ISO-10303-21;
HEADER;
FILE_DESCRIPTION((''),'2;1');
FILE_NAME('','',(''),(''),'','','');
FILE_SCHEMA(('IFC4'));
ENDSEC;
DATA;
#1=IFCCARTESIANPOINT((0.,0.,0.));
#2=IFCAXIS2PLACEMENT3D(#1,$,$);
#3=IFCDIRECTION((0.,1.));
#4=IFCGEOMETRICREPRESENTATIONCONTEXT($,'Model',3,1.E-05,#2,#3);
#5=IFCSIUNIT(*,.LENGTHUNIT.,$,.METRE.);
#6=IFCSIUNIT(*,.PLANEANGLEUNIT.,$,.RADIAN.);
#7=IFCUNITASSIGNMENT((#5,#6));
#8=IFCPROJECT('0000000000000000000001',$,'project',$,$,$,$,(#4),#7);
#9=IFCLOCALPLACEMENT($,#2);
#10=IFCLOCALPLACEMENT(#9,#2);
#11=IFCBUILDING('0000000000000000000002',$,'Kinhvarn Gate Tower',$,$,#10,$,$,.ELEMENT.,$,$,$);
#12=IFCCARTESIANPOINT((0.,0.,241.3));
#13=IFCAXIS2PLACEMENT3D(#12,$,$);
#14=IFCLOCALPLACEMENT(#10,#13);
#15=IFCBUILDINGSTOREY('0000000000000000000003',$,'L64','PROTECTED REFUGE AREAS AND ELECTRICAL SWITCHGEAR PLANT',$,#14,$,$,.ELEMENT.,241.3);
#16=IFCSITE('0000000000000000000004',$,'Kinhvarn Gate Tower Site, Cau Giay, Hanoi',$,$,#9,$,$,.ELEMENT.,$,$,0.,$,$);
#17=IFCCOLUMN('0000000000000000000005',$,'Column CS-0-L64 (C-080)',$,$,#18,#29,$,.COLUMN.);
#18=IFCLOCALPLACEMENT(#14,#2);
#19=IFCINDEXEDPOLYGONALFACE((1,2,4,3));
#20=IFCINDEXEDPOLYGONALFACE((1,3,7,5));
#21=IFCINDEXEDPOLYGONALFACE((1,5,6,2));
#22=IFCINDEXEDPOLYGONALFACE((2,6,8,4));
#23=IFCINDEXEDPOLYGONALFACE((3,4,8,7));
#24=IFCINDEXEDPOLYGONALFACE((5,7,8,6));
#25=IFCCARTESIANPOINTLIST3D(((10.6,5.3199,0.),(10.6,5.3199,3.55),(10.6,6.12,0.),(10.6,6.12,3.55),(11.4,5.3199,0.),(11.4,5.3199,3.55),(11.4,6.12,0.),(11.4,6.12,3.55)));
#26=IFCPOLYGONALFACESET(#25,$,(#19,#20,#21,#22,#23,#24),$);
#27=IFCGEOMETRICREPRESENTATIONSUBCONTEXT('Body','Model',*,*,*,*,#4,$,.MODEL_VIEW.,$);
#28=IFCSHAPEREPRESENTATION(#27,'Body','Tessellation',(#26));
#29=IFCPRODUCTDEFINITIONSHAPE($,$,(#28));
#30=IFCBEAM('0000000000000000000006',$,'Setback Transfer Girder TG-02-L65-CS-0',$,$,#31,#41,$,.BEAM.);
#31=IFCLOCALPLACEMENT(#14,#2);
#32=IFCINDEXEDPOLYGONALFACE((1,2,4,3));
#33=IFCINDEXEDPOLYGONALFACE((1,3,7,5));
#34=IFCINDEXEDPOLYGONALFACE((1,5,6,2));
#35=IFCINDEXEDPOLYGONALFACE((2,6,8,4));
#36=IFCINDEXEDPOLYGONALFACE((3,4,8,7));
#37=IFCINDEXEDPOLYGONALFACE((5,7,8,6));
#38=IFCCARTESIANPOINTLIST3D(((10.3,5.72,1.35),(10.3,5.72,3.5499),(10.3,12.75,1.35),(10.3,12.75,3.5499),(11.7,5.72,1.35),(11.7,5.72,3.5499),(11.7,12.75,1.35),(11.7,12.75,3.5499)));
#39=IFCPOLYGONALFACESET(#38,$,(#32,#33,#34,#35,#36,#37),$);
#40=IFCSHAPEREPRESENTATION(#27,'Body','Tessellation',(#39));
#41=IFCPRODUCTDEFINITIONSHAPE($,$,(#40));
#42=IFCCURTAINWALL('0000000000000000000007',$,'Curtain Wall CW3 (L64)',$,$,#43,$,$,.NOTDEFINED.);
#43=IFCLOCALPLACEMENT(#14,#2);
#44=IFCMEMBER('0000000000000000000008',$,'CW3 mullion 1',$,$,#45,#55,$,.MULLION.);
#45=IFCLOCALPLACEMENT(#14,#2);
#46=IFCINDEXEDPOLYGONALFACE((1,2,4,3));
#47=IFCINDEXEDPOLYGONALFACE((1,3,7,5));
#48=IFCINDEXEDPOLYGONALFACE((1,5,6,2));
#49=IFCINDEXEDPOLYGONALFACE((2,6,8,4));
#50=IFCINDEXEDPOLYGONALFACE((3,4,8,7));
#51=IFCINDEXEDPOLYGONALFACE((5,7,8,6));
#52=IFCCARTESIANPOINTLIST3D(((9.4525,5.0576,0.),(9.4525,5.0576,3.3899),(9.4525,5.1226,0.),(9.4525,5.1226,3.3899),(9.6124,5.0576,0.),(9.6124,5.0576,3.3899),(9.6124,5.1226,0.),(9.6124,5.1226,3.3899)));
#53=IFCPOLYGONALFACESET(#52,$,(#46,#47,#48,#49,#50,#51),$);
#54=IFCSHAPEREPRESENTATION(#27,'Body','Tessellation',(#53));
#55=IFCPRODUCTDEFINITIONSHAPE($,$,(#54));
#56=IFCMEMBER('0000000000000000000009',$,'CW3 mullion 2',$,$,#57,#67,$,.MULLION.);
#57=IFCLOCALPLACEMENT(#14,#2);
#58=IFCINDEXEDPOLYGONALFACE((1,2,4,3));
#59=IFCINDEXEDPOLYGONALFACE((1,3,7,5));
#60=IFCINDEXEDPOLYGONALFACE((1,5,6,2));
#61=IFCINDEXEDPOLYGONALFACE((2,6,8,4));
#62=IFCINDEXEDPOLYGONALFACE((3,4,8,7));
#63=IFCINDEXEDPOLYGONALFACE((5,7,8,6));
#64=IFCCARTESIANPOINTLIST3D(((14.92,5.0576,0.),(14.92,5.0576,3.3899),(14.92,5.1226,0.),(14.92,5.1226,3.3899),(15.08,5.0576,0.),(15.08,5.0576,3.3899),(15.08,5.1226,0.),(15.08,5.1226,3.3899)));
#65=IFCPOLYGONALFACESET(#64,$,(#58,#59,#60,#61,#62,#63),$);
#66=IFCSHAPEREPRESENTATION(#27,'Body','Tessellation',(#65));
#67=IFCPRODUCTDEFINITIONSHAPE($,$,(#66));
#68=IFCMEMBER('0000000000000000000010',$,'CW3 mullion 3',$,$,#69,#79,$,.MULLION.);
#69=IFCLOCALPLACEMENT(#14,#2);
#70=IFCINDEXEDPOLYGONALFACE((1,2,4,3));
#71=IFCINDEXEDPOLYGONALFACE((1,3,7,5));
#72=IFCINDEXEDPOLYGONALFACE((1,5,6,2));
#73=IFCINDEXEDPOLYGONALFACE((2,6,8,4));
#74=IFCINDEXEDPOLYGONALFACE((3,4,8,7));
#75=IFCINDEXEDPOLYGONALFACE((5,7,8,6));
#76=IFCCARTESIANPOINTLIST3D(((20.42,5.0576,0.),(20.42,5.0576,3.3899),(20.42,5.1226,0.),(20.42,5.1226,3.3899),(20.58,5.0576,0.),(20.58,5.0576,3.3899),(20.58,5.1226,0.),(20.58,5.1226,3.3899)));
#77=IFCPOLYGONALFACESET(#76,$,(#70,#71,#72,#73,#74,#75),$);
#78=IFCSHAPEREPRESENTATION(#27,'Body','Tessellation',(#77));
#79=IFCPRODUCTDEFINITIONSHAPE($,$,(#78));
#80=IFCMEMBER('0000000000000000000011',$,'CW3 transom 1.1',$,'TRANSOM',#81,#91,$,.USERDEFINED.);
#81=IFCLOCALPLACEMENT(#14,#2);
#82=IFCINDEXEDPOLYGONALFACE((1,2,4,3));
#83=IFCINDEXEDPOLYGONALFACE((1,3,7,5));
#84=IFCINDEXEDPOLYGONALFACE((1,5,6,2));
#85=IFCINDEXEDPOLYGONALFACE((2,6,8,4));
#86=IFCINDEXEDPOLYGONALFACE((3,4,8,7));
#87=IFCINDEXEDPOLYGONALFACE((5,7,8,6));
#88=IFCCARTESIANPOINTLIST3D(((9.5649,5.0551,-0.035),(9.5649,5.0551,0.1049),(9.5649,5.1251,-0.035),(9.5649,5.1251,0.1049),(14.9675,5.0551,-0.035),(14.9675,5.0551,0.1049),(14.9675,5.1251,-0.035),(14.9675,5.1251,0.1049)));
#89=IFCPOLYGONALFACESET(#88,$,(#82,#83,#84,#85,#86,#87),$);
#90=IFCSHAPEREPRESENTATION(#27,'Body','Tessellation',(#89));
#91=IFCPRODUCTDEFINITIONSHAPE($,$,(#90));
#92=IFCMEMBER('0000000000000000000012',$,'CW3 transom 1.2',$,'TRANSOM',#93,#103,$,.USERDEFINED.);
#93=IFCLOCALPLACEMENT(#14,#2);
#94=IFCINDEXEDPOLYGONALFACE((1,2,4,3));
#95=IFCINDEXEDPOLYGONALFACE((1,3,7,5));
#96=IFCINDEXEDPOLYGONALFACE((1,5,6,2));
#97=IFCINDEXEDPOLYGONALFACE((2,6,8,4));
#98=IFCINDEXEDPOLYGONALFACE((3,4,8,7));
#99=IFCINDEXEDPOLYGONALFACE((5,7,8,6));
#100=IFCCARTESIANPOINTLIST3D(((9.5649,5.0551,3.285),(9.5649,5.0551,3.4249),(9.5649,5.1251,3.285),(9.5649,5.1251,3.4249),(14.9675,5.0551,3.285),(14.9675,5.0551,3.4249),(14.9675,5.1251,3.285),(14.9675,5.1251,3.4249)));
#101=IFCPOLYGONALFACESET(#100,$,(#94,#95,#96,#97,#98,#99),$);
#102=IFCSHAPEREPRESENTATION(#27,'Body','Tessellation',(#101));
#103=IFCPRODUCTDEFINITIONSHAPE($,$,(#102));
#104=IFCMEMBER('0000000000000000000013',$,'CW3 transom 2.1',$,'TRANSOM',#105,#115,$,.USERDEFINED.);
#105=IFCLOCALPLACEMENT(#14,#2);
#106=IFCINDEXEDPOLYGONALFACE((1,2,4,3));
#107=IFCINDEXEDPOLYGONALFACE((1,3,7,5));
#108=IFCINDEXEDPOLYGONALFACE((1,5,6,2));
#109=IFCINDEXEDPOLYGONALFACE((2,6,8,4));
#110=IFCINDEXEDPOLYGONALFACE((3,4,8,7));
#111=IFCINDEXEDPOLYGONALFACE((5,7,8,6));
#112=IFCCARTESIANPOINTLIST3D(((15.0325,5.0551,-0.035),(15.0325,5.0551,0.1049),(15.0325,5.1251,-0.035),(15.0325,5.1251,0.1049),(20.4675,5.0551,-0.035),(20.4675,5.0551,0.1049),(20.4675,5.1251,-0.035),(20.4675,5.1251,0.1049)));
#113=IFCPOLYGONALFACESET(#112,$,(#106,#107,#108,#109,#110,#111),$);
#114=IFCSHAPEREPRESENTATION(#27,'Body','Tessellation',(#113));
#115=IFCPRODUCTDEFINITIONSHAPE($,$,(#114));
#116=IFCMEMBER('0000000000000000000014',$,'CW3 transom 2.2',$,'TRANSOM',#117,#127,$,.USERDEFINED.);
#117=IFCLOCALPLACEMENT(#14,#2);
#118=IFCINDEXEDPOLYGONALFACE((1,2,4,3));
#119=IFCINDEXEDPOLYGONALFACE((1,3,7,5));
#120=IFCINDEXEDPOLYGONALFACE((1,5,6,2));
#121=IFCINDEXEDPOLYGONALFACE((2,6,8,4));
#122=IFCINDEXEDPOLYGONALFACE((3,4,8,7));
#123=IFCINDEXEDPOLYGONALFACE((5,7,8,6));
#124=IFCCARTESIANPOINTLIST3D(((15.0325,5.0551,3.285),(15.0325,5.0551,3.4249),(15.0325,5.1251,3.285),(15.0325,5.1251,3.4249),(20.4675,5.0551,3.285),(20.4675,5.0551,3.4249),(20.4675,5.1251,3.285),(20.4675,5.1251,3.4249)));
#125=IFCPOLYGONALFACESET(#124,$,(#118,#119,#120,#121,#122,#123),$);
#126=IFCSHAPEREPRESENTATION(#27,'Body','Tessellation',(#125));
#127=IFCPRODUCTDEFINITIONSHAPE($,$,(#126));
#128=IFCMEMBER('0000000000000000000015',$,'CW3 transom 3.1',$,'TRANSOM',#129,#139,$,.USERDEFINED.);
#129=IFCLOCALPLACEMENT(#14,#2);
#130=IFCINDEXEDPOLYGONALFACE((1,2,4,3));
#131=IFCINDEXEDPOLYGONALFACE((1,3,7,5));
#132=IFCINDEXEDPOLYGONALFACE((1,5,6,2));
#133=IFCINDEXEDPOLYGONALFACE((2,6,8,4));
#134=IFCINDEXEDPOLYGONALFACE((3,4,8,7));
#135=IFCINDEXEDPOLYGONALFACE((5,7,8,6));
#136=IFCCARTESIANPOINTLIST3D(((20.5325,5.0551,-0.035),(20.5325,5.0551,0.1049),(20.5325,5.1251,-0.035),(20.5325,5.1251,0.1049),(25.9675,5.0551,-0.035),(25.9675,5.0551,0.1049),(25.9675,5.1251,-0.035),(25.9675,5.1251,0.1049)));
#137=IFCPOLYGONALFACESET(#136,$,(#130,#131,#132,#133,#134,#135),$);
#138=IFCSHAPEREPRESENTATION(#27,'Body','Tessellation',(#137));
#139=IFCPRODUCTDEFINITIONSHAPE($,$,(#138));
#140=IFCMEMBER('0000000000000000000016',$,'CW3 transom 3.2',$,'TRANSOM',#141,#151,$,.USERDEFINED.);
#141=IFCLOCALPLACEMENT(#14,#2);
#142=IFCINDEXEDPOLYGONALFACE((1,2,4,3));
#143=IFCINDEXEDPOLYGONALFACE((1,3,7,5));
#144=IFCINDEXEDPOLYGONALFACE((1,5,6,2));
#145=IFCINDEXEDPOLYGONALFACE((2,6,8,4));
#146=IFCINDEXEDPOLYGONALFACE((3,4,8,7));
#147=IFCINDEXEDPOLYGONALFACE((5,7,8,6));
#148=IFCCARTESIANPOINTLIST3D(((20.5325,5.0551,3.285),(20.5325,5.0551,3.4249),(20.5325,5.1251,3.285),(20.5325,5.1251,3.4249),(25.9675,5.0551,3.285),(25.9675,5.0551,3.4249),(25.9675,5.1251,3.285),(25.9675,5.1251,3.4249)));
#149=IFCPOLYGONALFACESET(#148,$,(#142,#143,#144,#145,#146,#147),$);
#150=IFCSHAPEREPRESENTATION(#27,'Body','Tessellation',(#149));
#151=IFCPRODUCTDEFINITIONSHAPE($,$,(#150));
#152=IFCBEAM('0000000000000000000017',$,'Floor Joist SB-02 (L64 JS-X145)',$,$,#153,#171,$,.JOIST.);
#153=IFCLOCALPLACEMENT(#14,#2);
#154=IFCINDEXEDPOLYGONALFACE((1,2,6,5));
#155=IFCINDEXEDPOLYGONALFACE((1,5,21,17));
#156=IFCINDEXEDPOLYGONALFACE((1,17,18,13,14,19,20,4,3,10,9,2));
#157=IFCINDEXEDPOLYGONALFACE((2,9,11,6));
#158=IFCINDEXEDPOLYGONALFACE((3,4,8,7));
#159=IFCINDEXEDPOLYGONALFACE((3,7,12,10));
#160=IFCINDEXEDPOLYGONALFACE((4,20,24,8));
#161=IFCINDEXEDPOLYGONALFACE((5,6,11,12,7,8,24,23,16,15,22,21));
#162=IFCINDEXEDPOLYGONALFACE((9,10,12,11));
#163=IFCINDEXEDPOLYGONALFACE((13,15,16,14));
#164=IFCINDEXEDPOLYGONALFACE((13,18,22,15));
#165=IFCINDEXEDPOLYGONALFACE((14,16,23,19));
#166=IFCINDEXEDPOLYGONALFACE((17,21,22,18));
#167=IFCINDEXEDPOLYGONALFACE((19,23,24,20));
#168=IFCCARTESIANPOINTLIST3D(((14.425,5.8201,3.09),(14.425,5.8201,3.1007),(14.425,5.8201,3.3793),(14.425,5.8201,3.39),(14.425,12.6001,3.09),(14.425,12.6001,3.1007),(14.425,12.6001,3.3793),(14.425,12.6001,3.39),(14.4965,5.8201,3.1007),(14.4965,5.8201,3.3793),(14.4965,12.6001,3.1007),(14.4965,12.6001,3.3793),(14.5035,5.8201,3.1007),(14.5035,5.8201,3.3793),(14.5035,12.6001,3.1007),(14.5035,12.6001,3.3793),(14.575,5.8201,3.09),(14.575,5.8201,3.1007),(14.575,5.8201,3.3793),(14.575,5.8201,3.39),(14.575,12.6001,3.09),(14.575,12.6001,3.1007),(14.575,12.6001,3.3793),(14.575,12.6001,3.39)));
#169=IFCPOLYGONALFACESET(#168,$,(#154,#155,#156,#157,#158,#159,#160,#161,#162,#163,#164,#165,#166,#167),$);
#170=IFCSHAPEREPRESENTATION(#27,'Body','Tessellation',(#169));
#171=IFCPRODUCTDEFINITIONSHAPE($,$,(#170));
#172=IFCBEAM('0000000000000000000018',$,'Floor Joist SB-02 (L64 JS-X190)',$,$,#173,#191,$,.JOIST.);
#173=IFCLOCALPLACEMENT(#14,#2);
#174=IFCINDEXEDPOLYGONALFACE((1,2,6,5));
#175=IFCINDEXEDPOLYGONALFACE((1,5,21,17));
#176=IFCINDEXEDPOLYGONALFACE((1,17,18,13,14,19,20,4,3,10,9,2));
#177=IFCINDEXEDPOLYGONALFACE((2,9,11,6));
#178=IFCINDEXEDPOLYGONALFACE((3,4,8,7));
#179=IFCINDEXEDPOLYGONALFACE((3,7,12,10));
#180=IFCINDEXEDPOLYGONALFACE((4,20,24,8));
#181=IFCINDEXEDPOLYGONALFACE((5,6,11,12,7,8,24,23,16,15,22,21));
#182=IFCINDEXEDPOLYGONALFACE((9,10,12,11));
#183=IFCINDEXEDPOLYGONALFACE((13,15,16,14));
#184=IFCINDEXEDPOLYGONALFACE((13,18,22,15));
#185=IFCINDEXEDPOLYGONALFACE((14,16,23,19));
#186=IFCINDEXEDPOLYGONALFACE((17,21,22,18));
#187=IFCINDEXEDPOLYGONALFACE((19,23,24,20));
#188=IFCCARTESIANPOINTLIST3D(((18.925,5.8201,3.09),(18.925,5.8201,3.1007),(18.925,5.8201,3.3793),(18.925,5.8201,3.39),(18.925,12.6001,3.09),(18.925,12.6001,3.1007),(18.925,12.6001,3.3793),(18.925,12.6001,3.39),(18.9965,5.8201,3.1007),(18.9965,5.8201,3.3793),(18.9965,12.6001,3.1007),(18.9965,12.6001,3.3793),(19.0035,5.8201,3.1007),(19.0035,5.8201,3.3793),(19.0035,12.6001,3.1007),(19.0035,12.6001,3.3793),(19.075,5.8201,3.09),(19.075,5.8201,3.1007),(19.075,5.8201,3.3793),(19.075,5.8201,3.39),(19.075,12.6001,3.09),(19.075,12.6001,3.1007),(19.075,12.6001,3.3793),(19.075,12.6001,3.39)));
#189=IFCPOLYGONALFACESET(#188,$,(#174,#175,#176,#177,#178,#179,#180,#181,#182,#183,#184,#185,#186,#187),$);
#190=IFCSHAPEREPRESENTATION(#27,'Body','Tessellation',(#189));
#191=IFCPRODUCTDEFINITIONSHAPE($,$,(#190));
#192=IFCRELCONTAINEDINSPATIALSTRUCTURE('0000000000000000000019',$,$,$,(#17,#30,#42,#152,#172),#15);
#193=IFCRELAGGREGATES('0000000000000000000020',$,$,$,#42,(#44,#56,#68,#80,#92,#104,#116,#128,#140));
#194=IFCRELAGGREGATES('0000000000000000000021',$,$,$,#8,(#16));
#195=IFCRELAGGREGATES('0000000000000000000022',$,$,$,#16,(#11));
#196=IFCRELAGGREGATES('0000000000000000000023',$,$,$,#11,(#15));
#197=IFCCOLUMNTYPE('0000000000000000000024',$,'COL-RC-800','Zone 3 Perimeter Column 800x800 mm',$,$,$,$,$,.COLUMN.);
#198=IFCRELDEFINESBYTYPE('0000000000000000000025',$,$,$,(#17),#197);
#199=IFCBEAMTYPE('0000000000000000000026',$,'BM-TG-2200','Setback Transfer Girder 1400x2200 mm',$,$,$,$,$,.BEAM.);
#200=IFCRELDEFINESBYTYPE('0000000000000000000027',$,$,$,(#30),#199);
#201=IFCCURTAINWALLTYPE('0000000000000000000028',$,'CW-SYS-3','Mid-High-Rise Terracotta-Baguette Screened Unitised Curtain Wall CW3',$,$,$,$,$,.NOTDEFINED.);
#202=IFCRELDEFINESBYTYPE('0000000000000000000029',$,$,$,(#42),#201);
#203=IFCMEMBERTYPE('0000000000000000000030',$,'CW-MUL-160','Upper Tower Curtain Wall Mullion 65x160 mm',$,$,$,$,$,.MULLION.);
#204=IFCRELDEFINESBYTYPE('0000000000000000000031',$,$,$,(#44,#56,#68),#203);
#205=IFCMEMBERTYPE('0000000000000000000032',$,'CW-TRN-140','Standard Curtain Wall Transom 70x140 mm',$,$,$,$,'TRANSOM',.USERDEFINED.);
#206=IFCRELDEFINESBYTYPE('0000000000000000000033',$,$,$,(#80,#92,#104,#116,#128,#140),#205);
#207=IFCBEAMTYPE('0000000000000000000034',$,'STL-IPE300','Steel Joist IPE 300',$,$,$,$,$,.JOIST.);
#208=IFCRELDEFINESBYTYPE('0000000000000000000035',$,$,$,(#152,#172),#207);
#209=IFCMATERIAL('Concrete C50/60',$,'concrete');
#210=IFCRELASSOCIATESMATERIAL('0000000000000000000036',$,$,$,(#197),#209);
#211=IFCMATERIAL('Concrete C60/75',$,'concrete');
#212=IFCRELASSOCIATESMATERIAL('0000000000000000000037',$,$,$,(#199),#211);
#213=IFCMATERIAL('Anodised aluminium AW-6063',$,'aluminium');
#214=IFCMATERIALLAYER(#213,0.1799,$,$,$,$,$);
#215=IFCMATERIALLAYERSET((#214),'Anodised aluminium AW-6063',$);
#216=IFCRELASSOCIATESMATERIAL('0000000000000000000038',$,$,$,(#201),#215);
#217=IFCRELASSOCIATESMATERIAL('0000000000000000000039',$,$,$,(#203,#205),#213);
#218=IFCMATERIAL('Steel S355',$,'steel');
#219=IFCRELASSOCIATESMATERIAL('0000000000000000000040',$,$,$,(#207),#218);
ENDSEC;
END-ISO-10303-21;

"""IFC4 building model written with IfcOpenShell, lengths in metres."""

from ifc_helpers import new_model, si_unit, direction, frame, origin, origin_2d, place, context, subcontext, project, spatial, rectangle, i_section, extrude, material, layer, layer_set, material_profile, profile_set, type_object, element, aggregate, save


model = new_model("IFC4")

# Units and contexts
model_context = context("Model", 3, precision=1e-05, world=origin(), true_north=direction((0.0, 1.0)))
body_context = subcontext(model_context, "Body", "Model", "MODEL_VIEW")
ifc_project = project(units=[si_unit("LENGTHUNIT", "METRE"), si_unit("PLANEANGLEUNIT", "RADIAN")], contexts=[model_context])

# Site, building, storey
site_placement = place(None, origin())
site = spatial("IfcSite", under=ifc_project, at=site_placement, Name="Kinhvarn Gate Tower Site, Cau Giay, Hanoi", CompositionType="ELEMENT", RefElevation=0.0)
building_placement = place(site_placement, origin())
building = spatial("IfcBuilding", under=site, at=building_placement, Name="Kinhvarn Gate Tower", CompositionType="ELEMENT")
storey_placement = place(building_placement, frame((0.0, 0.0, 241.3)))
storey = spatial("IfcBuildingStorey", under=building, at=storey_placement, Name="L64", Description="PROTECTED REFUGE AREAS AND ELECTRICAL SWITCHGEAR PLANT", CompositionType="ELEMENT", Elevation=241.3)

# Column
ifc_material_1 = material(Name="Concrete C50/60", Category="concrete")
ifc_material_profile_1 = material_profile(ifc_material_1, rectangle(XDim=0.8, YDim=0.8, at=origin_2d()), Name="RC 800x800")
ifc_profile_set_1 = profile_set([ifc_material_profile_1], Name="Concrete C50/60")
column_type = type_object("IfcColumnType", Name="COL-RC-800", Description="Zone 3 Perimeter Column 800x800 mm", PredefinedType="COLUMN", material=ifc_profile_set_1)
column_placement = place(storey_placement, frame((11.0, 5.72, 0.0), z_axis=(0.0, 0.0, 1.0), x_axis=(1.0, 0.0, 0.0)))
element("IfcColumn", 1, at=column_placement, inside=storey, type_object=column_type, Name="Column CS-0-L64 (C-080)", PredefinedType="COLUMN", context=body_context, shape_type="SweptSolid", body=[
    extrude(rectangle(XDim=0.8, YDim=0.8, at=origin_2d()), origin(), (0.0, 0.0, 1.0), 3.55),
])

# Beam
ifc_material_2 = material(Name="Concrete C60/75", Category="concrete")
ifc_material_profile_2 = material_profile(ifc_material_2, rectangle(XDim=1.3999, YDim=2.2, at=origin_2d()), Name="RC 1400x2200")
ifc_profile_set_2 = profile_set([ifc_material_profile_2], Name="Concrete C60/75")
beam_type_1 = type_object("IfcBeamType", Name="BM-TG-2200", Description="Setback Transfer Girder 1400x2200 mm", PredefinedType="BEAM", material=ifc_profile_set_2)
beam_1_placement = place(storey_placement, frame((11.0, 5.72, 2.45), z_axis=(0.0, 1.0, 0.0), x_axis=(-1.0, 0.0, 0.0)))
element("IfcBeam", 2, at=beam_1_placement, inside=storey, type_object=beam_type_1, Name="Setback Transfer Girder TG-02-L65-CS-0", PredefinedType="BEAM", context=body_context, shape_type="SweptSolid", body=[
    extrude(rectangle(XDim=1.3999, YDim=2.2, at=origin_2d()), origin(), (0.0, 0.0, 1.0), 7.03),
])

# Curtain wall, members
ifc_material_3 = material(Name="Anodised aluminium AW-6063", Category="aluminium")
ifc_layer_1 = layer(ifc_material_3, 0.1799)
ifc_layer_set_1 = layer_set([ifc_layer_1], Name="Anodised aluminium AW-6063")
curtain_wall_type = type_object("IfcCurtainWallType", Name="CW-SYS-3", Description="Mid-High-Rise Terracotta-Baguette Screened Unitised Curtain Wall CW3", PredefinedType="NOTDEFINED", material=ifc_layer_set_1)
curtain_wall_placement = place(storey_placement, origin())
curtain_wall = element("IfcCurtainWall", 3, at=curtain_wall_placement, inside=storey, type_object=curtain_wall_type, Name="Curtain Wall CW3 (L64)", PredefinedType="NOTDEFINED")
ifc_material_profile_3 = material_profile(ifc_material_3, rectangle(XDim=0.0649, YDim=0.1599, at=origin_2d()), Name="ALU 65x160")
ifc_profile_set_3 = profile_set([ifc_material_profile_3], Name="Anodised aluminium AW-6063")
member_type_1 = type_object("IfcMemberType", Name="CW-MUL-160", Description="Upper Tower Curtain Wall Mullion 65x160 mm", PredefinedType="MULLION", material=ifc_profile_set_3)
member_1_placement = place(storey_placement, frame((9.5325, 5.0901, 0.0), z_axis=(0.0, 0.0, 1.0), x_axis=(0.0, 1.0, 0.0)))
member_1 = element("IfcMember", 4, at=member_1_placement, type_object=member_type_1, Name="CW3 mullion 1", PredefinedType="MULLION", context=body_context, shape_type="SweptSolid", body=[
    extrude(rectangle(XDim=0.0649, YDim=0.1599, at=origin_2d()), origin(), (0.0, 0.0, 1.0), 3.3899),
])
member_2_placement = place(storey_placement, frame((15.0, 5.0901, 0.0), z_axis=(0.0, 0.0, 1.0), x_axis=(0.0, 1.0, 0.0)))
member_2 = element("IfcMember", 5, at=member_2_placement, type_object=member_type_1, Name="CW3 mullion 2", PredefinedType="MULLION", context=body_context, shape_type="SweptSolid", body=[
    extrude(rectangle(XDim=0.0649, YDim=0.1599, at=origin_2d()), origin(), (0.0, 0.0, 1.0), 3.3899),
])
member_3_placement = place(storey_placement, frame((20.5, 5.0901, 0.0), z_axis=(0.0, 0.0, 1.0), x_axis=(0.0, 1.0, 0.0)))
member_3 = element("IfcMember", 6, at=member_3_placement, type_object=member_type_1, Name="CW3 mullion 3", PredefinedType="MULLION", context=body_context, shape_type="SweptSolid", body=[
    extrude(rectangle(XDim=0.0649, YDim=0.1599, at=origin_2d()), origin(), (0.0, 0.0, 1.0), 3.3899),
])
ifc_material_profile_4 = material_profile(ifc_material_3, rectangle(XDim=0.0701, YDim=0.1399, at=origin_2d()), Name="ALU 70x140")
ifc_profile_set_4 = profile_set([ifc_material_profile_4], Name="Anodised aluminium AW-6063")
member_type_2 = type_object("IfcMemberType", Name="CW-TRN-140", Description="Standard Curtain Wall Transom 70x140 mm", ElementType="TRANSOM", PredefinedType="USERDEFINED", material=ifc_profile_set_4)
member_4_placement = place(storey_placement, frame((9.5649, 5.0901, 0.0349), z_axis=(1.0, 0.0, 0.0), x_axis=(0.0, 1.0, 0.0)))
member_4 = element("IfcMember", 7, at=member_4_placement, type_object=member_type_2, Name="CW3 transom 1.1", ObjectType="TRANSOM", PredefinedType="USERDEFINED", context=body_context, shape_type="SweptSolid", body=[
    extrude(rectangle(XDim=0.0701, YDim=0.1399, at=origin_2d()), origin(), (0.0, 0.0, 1.0), 5.4026),
])
member_5_placement = place(storey_placement, frame((9.5649, 5.0901, 3.355), z_axis=(1.0, 0.0, 0.0), x_axis=(0.0, 1.0, 0.0)))
member_5 = element("IfcMember", 8, at=member_5_placement, type_object=member_type_2, Name="CW3 transom 1.2", ObjectType="TRANSOM", PredefinedType="USERDEFINED", context=body_context, shape_type="SweptSolid", body=[
    extrude(rectangle(XDim=0.0701, YDim=0.1399, at=origin_2d()), origin(), (0.0, 0.0, 1.0), 5.4026),
])
member_6_placement = place(storey_placement, frame((15.0325, 5.0901, 0.0349), z_axis=(1.0, 0.0, 0.0), x_axis=(0.0, 1.0, 0.0)))
member_6 = element("IfcMember", 9, at=member_6_placement, type_object=member_type_2, Name="CW3 transom 2.1", ObjectType="TRANSOM", PredefinedType="USERDEFINED", context=body_context, shape_type="SweptSolid", body=[
    extrude(rectangle(XDim=0.0701, YDim=0.1399, at=origin_2d()), origin(), (0.0, 0.0, 1.0), 5.4351),
])
member_7_placement = place(storey_placement, frame((15.0325, 5.0901, 3.355), z_axis=(1.0, 0.0, 0.0), x_axis=(0.0, 1.0, 0.0)))
member_7 = element("IfcMember", 10, at=member_7_placement, type_object=member_type_2, Name="CW3 transom 2.2", ObjectType="TRANSOM", PredefinedType="USERDEFINED", context=body_context, shape_type="SweptSolid", body=[
    extrude(rectangle(XDim=0.0701, YDim=0.1399, at=origin_2d()), origin(), (0.0, 0.0, 1.0), 5.4351),
])
member_8_placement = place(storey_placement, frame((20.5325, 5.0901, 0.0349), z_axis=(1.0, 0.0, 0.0), x_axis=(0.0, 1.0, 0.0)))
member_8 = element("IfcMember", 11, at=member_8_placement, type_object=member_type_2, Name="CW3 transom 3.1", ObjectType="TRANSOM", PredefinedType="USERDEFINED", context=body_context, shape_type="SweptSolid", body=[
    extrude(rectangle(XDim=0.0701, YDim=0.1399, at=origin_2d()), origin(), (0.0, 0.0, 1.0), 5.4351),
])
member_9_placement = place(storey_placement, frame((20.5325, 5.0901, 3.355), z_axis=(1.0, 0.0, 0.0), x_axis=(0.0, 1.0, 0.0)))
member_9 = element("IfcMember", 12, at=member_9_placement, type_object=member_type_2, Name="CW3 transom 3.2", ObjectType="TRANSOM", PredefinedType="USERDEFINED", context=body_context, shape_type="SweptSolid", body=[
    extrude(rectangle(XDim=0.0701, YDim=0.1399, at=origin_2d()), origin(), (0.0, 0.0, 1.0), 5.4351),
])

# Beams
ifc_material_4 = material(Name="Steel S355", Category="steel")
ifc_material_profile_5 = material_profile(ifc_material_4, i_section(OverallWidth=0.1499, OverallDepth=0.3, WebThickness=0.0071, FlangeThickness=0.0107, at=origin_2d()), Name="IPE 300")
ifc_profile_set_5 = profile_set([ifc_material_profile_5], Name="Steel S355")
beam_type_2 = type_object("IfcBeamType", Name="STL-IPE300", Description="Steel Joist IPE 300", PredefinedType="JOIST", material=ifc_profile_set_5)
for number, where, z_axis, x_axis, name in (
    (13, (14.5, 5.8201, 3.24), (0.0, 1.0, 0.0), (-1.0, 0.0, 0.0), "Floor Joist SB-02 (L64 JS-X145)"),
    (14, (19.0, 5.8201, 3.24), (0.0, 1.0, 0.0), (-1.0, 0.0, 0.0), "Floor Joist SB-02 (L64 JS-X190)"),
):
    element("IfcBeam", number, at=place(storey_placement, frame(where, z_axis=z_axis, x_axis=x_axis)), inside=storey, type_object=beam_type_2, Name=name, PredefinedType="JOIST", context=body_context, shape_type="SweptSolid", body=[
        extrude(i_section(OverallWidth=0.1499, OverallDepth=0.3, WebThickness=0.0071, FlangeThickness=0.0107, at=origin_2d()), origin(), (0.0, 0.0, 1.0), 6.78),
    ])

aggregate(curtain_wall, [member_1, member_2, member_3, member_4, member_5, member_6, member_7, member_8, member_9])

save(model, "model.ifc")
